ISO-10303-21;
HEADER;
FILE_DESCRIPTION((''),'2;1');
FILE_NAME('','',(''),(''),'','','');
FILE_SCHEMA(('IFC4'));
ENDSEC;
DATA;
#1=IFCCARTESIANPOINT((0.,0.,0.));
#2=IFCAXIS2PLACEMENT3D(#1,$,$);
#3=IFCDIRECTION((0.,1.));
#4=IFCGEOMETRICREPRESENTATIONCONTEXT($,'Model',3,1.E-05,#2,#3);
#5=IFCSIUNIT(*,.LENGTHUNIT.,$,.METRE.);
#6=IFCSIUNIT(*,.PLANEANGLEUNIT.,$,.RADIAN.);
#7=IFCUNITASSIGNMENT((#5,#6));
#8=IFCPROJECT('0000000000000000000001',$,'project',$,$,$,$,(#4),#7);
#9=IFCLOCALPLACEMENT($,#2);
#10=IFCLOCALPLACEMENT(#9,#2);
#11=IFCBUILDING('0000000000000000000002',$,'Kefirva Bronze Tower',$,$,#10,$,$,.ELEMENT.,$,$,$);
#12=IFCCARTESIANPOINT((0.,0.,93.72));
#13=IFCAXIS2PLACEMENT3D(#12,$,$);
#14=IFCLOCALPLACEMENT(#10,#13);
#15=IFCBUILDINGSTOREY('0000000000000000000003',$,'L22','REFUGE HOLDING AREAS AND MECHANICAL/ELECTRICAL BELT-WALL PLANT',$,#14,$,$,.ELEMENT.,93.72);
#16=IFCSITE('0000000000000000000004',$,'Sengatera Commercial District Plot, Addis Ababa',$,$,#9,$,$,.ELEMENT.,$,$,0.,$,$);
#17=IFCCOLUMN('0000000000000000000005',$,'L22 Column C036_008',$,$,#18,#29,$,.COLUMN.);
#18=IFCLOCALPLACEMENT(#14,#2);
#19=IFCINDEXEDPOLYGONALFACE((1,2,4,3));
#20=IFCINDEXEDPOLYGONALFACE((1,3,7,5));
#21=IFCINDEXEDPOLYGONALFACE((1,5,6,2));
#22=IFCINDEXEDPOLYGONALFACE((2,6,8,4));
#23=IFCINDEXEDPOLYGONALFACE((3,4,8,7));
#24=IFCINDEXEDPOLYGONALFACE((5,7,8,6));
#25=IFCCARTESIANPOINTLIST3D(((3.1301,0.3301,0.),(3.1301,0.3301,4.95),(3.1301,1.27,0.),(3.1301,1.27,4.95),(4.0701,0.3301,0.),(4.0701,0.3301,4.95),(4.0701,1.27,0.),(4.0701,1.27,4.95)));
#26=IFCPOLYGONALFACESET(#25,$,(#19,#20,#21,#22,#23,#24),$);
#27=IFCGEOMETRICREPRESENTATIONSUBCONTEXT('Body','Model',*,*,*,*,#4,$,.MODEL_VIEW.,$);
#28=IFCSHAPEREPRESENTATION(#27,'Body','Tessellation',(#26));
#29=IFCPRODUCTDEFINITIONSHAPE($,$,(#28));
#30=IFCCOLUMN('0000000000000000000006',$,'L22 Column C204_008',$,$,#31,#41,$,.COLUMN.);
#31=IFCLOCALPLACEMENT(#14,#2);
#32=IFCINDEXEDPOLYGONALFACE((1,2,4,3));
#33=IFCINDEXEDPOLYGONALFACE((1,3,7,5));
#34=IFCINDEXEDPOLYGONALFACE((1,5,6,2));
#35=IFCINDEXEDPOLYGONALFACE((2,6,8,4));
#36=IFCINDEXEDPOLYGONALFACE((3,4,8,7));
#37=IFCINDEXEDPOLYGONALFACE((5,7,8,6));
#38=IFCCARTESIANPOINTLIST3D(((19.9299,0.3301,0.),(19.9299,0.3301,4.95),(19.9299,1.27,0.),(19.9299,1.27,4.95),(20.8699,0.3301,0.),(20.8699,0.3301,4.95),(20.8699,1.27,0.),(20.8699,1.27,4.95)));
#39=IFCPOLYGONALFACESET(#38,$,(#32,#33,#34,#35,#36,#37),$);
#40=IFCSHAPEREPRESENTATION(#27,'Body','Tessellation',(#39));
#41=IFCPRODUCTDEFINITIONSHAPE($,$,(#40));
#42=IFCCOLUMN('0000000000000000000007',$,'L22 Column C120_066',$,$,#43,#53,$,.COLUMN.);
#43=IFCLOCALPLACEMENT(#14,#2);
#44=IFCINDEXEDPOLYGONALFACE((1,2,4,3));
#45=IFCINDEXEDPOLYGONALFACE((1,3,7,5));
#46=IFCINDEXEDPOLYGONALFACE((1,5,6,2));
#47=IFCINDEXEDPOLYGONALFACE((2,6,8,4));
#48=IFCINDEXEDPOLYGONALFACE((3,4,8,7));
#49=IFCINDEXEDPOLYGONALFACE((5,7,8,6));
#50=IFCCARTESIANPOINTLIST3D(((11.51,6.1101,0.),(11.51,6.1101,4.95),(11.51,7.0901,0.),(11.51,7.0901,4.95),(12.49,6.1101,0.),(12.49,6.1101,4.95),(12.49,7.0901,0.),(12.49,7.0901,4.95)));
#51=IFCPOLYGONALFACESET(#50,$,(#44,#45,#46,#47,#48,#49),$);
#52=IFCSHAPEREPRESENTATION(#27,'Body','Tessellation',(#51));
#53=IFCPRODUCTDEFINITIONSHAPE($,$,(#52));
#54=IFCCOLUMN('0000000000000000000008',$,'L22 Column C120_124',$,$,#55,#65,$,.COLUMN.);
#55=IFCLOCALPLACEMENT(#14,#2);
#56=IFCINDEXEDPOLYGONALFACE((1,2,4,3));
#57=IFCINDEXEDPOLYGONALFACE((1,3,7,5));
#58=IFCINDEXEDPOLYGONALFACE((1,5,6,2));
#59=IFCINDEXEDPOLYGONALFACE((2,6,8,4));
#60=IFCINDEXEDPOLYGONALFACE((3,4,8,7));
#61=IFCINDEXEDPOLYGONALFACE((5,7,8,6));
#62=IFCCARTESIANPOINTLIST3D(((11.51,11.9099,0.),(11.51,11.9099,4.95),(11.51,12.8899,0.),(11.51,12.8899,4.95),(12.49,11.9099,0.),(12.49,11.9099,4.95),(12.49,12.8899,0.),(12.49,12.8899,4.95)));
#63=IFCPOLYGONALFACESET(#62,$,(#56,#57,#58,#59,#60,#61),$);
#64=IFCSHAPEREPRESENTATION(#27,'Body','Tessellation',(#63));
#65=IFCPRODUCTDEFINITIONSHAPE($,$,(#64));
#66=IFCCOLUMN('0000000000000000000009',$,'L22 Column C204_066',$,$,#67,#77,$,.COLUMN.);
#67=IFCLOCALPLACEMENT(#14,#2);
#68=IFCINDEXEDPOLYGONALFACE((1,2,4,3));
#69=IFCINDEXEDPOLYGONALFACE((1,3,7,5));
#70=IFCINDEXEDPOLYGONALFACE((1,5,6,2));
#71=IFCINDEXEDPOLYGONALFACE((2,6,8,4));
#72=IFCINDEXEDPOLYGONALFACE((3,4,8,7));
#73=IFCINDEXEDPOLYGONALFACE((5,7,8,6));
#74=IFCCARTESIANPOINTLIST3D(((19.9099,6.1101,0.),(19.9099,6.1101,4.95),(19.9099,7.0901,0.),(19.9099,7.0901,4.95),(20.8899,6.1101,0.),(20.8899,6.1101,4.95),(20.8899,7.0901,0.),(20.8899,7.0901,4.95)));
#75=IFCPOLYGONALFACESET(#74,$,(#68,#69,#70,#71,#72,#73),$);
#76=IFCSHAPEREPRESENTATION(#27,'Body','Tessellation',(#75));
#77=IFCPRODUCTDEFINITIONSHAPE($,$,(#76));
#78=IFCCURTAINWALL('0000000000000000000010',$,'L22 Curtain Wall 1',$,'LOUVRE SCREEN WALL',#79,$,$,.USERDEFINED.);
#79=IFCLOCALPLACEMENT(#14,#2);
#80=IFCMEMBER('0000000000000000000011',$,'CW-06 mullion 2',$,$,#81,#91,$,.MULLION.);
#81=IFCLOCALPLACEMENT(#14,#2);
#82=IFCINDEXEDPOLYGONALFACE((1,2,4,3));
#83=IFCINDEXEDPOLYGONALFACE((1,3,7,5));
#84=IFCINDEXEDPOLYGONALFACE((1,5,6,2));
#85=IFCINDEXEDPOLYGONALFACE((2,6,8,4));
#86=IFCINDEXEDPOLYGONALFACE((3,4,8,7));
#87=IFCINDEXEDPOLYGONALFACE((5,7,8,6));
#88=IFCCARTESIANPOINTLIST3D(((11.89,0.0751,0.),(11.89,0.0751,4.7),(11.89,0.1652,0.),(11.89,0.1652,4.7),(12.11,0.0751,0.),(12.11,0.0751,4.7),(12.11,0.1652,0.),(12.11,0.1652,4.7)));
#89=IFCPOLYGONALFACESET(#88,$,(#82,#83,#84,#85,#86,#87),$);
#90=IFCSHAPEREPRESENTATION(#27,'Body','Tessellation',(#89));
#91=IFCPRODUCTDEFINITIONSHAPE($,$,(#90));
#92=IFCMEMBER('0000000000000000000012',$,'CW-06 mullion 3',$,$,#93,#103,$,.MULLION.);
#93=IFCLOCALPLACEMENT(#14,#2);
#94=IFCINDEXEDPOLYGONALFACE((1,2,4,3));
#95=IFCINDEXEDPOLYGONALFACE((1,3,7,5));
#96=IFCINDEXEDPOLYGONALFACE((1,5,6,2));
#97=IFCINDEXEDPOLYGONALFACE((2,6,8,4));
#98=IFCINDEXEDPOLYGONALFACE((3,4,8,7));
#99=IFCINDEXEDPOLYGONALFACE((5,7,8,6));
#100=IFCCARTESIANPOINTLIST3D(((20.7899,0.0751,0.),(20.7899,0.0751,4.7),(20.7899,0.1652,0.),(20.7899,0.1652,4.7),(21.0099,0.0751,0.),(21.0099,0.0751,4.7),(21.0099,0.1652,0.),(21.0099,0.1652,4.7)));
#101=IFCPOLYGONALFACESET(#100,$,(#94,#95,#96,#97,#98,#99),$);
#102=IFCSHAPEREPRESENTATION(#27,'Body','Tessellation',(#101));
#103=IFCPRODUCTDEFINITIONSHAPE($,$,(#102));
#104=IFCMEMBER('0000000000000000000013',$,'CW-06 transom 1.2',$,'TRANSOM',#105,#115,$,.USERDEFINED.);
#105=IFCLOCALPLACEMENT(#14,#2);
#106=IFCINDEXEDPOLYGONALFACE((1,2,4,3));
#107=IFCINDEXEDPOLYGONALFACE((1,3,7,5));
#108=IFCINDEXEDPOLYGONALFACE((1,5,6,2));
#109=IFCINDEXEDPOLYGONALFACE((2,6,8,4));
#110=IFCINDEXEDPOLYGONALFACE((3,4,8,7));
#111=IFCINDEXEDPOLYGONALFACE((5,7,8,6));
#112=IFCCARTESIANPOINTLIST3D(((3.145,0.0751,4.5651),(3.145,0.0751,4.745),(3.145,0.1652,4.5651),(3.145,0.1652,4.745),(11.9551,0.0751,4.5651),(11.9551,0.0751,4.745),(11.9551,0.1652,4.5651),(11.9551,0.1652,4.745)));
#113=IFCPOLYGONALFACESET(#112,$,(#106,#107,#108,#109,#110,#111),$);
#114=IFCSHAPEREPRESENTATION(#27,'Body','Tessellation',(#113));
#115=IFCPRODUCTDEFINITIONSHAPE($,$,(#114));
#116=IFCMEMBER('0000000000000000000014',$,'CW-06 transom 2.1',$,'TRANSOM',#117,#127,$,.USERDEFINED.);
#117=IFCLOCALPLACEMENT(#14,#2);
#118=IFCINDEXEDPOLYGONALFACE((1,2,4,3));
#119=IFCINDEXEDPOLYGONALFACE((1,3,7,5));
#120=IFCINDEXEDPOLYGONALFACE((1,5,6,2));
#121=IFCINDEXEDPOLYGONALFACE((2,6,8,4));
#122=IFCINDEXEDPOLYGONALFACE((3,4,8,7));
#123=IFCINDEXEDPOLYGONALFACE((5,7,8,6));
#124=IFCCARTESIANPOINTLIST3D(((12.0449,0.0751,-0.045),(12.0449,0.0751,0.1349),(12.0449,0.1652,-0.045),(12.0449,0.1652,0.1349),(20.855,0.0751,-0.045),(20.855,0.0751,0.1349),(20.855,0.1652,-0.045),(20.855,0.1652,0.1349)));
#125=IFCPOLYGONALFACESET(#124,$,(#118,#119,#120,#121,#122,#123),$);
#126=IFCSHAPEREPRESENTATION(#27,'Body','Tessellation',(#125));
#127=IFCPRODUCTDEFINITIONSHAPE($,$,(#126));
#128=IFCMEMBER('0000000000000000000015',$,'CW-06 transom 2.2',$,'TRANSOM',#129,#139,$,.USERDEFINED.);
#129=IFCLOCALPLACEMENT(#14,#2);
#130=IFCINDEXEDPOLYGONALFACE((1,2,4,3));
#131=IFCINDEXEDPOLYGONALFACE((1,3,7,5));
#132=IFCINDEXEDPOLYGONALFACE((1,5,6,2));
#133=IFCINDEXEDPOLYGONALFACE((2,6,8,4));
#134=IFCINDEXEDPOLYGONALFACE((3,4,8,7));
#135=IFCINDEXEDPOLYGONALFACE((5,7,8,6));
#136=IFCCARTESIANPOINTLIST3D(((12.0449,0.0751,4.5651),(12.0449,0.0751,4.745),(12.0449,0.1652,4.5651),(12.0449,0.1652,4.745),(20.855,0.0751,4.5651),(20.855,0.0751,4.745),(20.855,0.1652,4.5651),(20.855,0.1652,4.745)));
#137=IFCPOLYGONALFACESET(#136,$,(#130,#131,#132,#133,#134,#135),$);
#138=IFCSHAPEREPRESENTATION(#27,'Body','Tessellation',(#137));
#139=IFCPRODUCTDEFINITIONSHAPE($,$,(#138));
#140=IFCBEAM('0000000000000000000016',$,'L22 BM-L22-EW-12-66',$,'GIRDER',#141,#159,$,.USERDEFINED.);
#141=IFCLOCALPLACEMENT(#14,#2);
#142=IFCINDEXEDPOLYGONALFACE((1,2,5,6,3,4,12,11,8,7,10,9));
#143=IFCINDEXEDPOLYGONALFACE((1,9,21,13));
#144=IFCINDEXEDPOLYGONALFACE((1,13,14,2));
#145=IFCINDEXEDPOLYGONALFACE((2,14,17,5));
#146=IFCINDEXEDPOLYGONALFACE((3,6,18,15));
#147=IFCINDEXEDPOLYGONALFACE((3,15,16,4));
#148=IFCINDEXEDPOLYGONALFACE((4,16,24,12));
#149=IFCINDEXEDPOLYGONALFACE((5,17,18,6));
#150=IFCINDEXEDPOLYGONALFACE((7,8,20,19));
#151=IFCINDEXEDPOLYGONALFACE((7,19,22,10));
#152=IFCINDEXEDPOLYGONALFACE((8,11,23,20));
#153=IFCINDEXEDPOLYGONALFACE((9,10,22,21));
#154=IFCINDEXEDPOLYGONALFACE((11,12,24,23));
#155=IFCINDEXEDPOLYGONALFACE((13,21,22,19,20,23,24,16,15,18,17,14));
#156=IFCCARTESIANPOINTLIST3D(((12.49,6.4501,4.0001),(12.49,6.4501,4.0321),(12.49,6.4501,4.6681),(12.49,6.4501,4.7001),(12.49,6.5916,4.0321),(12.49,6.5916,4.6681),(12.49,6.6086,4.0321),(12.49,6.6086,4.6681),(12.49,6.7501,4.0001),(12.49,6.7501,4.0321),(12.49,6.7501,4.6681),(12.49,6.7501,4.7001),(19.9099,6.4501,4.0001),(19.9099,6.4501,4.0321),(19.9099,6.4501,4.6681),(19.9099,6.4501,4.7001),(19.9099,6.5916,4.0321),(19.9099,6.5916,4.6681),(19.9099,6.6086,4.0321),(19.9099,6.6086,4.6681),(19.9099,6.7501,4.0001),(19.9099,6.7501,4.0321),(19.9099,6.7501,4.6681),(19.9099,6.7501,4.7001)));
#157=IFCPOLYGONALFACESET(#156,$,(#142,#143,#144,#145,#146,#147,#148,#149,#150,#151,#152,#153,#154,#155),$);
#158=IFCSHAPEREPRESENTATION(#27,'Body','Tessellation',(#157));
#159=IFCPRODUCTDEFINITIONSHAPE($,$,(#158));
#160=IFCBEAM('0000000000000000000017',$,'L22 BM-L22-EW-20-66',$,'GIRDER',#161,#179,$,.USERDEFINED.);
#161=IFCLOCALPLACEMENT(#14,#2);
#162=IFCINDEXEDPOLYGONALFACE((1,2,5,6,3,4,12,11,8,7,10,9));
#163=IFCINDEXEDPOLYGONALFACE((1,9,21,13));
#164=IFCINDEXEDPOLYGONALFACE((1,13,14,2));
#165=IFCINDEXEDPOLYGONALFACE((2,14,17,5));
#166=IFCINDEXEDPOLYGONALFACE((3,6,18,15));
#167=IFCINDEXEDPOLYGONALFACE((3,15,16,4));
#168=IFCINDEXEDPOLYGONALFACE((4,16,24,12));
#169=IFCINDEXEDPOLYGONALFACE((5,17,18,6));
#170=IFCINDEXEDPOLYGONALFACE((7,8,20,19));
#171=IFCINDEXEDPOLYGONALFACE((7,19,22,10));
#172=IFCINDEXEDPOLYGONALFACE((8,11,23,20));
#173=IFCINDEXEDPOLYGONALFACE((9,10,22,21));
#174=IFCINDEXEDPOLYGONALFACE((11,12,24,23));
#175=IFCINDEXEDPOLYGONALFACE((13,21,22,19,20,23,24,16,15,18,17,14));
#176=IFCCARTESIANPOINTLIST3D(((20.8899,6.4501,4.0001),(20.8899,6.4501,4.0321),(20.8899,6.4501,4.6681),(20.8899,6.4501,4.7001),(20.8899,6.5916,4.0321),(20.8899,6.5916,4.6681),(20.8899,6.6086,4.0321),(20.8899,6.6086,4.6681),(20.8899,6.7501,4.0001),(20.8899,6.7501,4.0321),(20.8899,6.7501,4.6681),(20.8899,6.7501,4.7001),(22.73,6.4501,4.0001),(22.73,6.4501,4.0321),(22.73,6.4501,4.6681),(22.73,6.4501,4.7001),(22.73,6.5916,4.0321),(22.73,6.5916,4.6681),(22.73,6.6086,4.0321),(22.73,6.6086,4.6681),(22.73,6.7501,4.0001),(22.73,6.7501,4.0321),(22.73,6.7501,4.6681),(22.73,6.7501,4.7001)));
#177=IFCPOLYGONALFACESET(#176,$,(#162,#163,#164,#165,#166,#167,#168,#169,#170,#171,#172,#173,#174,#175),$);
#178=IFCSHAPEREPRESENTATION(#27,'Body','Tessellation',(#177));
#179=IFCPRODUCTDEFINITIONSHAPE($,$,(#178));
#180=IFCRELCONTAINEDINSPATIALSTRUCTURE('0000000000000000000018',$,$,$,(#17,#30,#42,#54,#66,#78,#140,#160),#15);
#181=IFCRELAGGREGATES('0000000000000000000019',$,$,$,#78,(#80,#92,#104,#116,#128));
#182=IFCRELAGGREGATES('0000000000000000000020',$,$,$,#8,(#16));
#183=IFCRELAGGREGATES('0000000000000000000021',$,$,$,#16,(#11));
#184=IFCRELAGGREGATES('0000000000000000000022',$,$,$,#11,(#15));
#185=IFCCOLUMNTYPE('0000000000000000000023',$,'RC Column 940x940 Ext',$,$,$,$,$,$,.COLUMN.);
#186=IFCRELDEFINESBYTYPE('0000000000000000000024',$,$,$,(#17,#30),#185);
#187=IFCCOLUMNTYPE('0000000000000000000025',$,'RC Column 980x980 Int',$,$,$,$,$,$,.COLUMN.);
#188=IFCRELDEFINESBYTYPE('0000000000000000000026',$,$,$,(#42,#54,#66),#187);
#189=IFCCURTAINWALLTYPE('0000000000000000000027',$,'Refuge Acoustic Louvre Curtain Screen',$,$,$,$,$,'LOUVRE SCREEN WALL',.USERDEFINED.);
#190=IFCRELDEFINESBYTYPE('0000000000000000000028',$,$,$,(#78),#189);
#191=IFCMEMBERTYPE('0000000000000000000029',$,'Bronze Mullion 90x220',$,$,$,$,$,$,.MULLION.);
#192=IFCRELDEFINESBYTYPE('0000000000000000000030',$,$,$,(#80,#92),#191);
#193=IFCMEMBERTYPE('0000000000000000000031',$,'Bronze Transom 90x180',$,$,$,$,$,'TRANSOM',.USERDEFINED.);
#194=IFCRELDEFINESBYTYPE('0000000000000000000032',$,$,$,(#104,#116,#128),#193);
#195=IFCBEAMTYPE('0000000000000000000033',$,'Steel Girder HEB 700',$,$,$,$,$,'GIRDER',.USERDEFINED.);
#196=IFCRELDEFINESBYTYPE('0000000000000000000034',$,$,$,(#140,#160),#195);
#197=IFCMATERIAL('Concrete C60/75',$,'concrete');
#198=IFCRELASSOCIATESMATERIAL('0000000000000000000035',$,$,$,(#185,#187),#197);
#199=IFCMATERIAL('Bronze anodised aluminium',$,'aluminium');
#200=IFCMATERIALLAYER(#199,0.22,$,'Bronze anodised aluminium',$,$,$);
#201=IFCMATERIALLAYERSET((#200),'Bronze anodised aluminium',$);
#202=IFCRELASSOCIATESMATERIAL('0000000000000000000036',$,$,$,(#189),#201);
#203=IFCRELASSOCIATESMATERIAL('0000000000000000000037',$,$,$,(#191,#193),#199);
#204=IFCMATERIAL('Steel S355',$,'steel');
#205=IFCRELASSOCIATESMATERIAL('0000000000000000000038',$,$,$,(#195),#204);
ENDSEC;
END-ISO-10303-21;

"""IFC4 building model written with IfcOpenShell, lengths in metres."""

from ifc_helpers import new_model, si_unit, direction, frame, origin, origin_2d, place, context, subcontext, project, spatial, rectangle, i_section, extrude, material, layer, layer_set, material_profile, profile_set, type_object, element, aggregate, save


model = new_model("IFC4")

# Units and contexts
model_context = context("Model", 3, precision=1e-05, world=origin(), true_north=direction((0.0, 1.0)))
body_context = subcontext(model_context, "Body", "Model", "MODEL_VIEW")
ifc_project = project(units=[si_unit("LENGTHUNIT", "METRE"), si_unit("PLANEANGLEUNIT", "RADIAN")], contexts=[model_context])

# Site, building, storey
site_placement = place(None, origin())
site = spatial("IfcSite", under=ifc_project, at=site_placement, Name="Sengatera Commercial District Plot, Addis Ababa", CompositionType="ELEMENT", RefElevation=0.0)
building_placement = place(site_placement, origin())
building = spatial("IfcBuilding", under=site, at=building_placement, Name="Kefirva Bronze Tower", CompositionType="ELEMENT")
storey_placement = place(building_placement, frame((0.0, 0.0, 93.72)))
storey = spatial("IfcBuildingStorey", under=building, at=storey_placement, Name="L22", Description="REFUGE HOLDING AREAS AND MECHANICAL/ELECTRICAL BELT-WALL PLANT", CompositionType="ELEMENT", Elevation=93.72)

# Columns
ifc_material_1 = material(Name="Concrete C60/75", Category="concrete")
ifc_material_profile_1 = material_profile(ifc_material_1, rectangle(XDim=0.9399, YDim=0.9399, at=origin_2d()), Name="RC 940x940")
ifc_profile_set_1 = profile_set([ifc_material_profile_1], Name="Concrete C60/75")
column_type_1 = type_object("IfcColumnType", Name="RC Column 940x940 Ext", PredefinedType="COLUMN", material=ifc_profile_set_1)
for number, where, z_axis, x_axis, name in (
    (1, (3.6001, 0.8, 0.0), (0.0, 0.0, 1.0), (1.0, 0.0, 0.0), "L22 Column C036_008"),
    (2, (20.3999, 0.8, 0.0), (0.0, 0.0, 1.0), (1.0, 0.0, 0.0), "L22 Column C204_008"),
):
    element("IfcColumn", number, at=place(storey_placement, frame(where, z_axis=z_axis, x_axis=x_axis)), inside=storey, type_object=column_type_1, Name=name, PredefinedType="COLUMN", context=body_context, shape_type="SweptSolid", body=[
        extrude(rectangle(XDim=0.9399, YDim=0.9399, at=origin_2d()), origin(), (0.0, 0.0, 1.0), 4.95),
    ])
ifc_material_profile_2 = material_profile(ifc_material_1, rectangle(XDim=0.98, YDim=0.98, at=origin_2d()), Name="RC 980x980")
ifc_profile_set_2 = profile_set([ifc_material_profile_2], Name="Concrete C60/75")
column_type_2 = type_object("IfcColumnType", Name="RC Column 980x980 Int", PredefinedType="COLUMN", material=ifc_profile_set_2)
for number, where, z_axis, x_axis, name in (
    (3, (12.0, 6.6001, 0.0), (0.0, 0.0, 1.0), (1.0, 0.0, 0.0), "L22 Column C120_066"),
    (4, (12.0, 12.3999, 0.0), (0.0, 0.0, 1.0), (1.0, 0.0, 0.0), "L22 Column C120_124"),
    (5, (20.3999, 6.6001, 0.0), (0.0, 0.0, 1.0), (1.0, 0.0, 0.0), "L22 Column C204_066"),
):
    element("IfcColumn", number, at=place(storey_placement, frame(where, z_axis=z_axis, x_axis=x_axis)), inside=storey, type_object=column_type_2, Name=name, PredefinedType="COLUMN", context=body_context, shape_type="SweptSolid", body=[
        extrude(rectangle(XDim=0.98, YDim=0.98, at=origin_2d()), origin(), (0.0, 0.0, 1.0), 4.95),
    ])

# Curtain wall, members
ifc_material_2 = material(Name="Bronze anodised aluminium", Category="aluminium")
ifc_layer_1 = layer(ifc_material_2, 0.22, Name="Bronze anodised aluminium")
ifc_layer_set_1 = layer_set([ifc_layer_1], Name="Bronze anodised aluminium")
curtain_wall_type = type_object("IfcCurtainWallType", Name="Refuge Acoustic Louvre Curtain Screen", ElementType="LOUVRE SCREEN WALL", PredefinedType="USERDEFINED", material=ifc_layer_set_1)
curtain_wall_placement = place(storey_placement, origin())
curtain_wall = element("IfcCurtainWall", 6, at=curtain_wall_placement, inside=storey, type_object=curtain_wall_type, Name="L22 Curtain Wall 1", ObjectType="LOUVRE SCREEN WALL", PredefinedType="USERDEFINED")
ifc_material_profile_3 = material_profile(ifc_material_2, rectangle(XDim=0.0901, YDim=0.22, at=origin_2d()), Name="ALU 90x220")
ifc_profile_set_3 = profile_set([ifc_material_profile_3], Name="Bronze anodised aluminium")
member_type_1 = type_object("IfcMemberType", Name="Bronze Mullion 90x220", PredefinedType="MULLION", material=ifc_profile_set_3)
member_1_placement = place(storey_placement, frame((12.0, 0.1201, 0.0), z_axis=(0.0, 0.0, 1.0), x_axis=(0.0, 1.0, 0.0)))
member_1 = element("IfcMember", 7, at=member_1_placement, type_object=member_type_1, Name="CW-06 mullion 2", PredefinedType="MULLION", context=body_context, shape_type="SweptSolid", body=[
    extrude(rectangle(XDim=0.0901, YDim=0.22, at=origin_2d()), origin(), (0.0, 0.0, 1.0), 4.7),
])
member_2_placement = place(storey_placement, frame((20.8999, 0.1201, 0.0), z_axis=(0.0, 0.0, 1.0), x_axis=(0.0, 1.0, 0.0)))
member_2 = element("IfcMember", 8, at=member_2_placement, type_object=member_type_1, Name="CW-06 mullion 3", PredefinedType="MULLION", context=body_context, shape_type="SweptSolid", body=[
    extrude(rectangle(XDim=0.0901, YDim=0.22, at=origin_2d()), origin(), (0.0, 0.0, 1.0), 4.7),
])
ifc_material_profile_4 = material_profile(ifc_material_2, rectangle(XDim=0.0901, YDim=0.1799, at=origin_2d()), Name="ALU 90x180")
ifc_profile_set_4 = profile_set([ifc_material_profile_4], Name="Bronze anodised aluminium")
member_type_2 = type_object("IfcMemberType", Name="Bronze Transom 90x180", ElementType="TRANSOM", PredefinedType="USERDEFINED", material=ifc_profile_set_4)
member_3_placement = place(storey_placement, frame((3.145, 0.1201, 4.655), z_axis=(1.0, 0.0, 0.0), x_axis=(0.0, 1.0, 0.0)))
member_3 = element("IfcMember", 9, at=member_3_placement, type_object=member_type_2, Name="CW-06 transom 1.2", ObjectType="TRANSOM", PredefinedType="USERDEFINED", context=body_context, shape_type="SweptSolid", body=[
    extrude(rectangle(XDim=0.0901, YDim=0.1799, at=origin_2d()), origin(), (0.0, 0.0, 1.0), 8.8101),
])
member_4_placement = place(storey_placement, frame((12.0449, 0.1201, 0.0449), z_axis=(1.0, 0.0, 0.0), x_axis=(0.0, 1.0, 0.0)))
member_4 = element("IfcMember", 10, at=member_4_placement, type_object=member_type_2, Name="CW-06 transom 2.1", ObjectType="TRANSOM", PredefinedType="USERDEFINED", context=body_context, shape_type="SweptSolid", body=[
    extrude(rectangle(XDim=0.0901, YDim=0.1799, at=origin_2d()), origin(), (0.0, 0.0, 1.0), 8.8101),
])
member_5_placement = place(storey_placement, frame((12.0449, 0.1201, 4.655), z_axis=(1.0, 0.0, 0.0), x_axis=(0.0, 1.0, 0.0)))
member_5 = element("IfcMember", 11, at=member_5_placement, type_object=member_type_2, Name="CW-06 transom 2.2", ObjectType="TRANSOM", PredefinedType="USERDEFINED", context=body_context, shape_type="SweptSolid", body=[
    extrude(rectangle(XDim=0.0901, YDim=0.1799, at=origin_2d()), origin(), (0.0, 0.0, 1.0), 8.8101),
])

# Beams
ifc_material_3 = material(Name="Steel S355", Category="steel")
ifc_material_profile_5 = material_profile(ifc_material_3, i_section(OverallWidth=0.3, OverallDepth=0.7, WebThickness=0.0171, FlangeThickness=0.032, at=origin_2d()), Name="HEB 700")
ifc_profile_set_5 = profile_set([ifc_material_profile_5], Name="Steel S355")
beam_type_1 = type_object("IfcBeamType", Name="Steel Girder HEB 700", ElementType="GIRDER", PredefinedType="USERDEFINED", material=ifc_profile_set_5)
beam_1_placement = place(storey_placement, frame((12.49, 6.6001, 4.3501), z_axis=(1.0, 0.0, 0.0), x_axis=(0.0, 1.0, 0.0)))
element("IfcBeam", 12, at=beam_1_placement, inside=storey, type_object=beam_type_1, Name="L22 BM-L22-EW-12-66", ObjectType="GIRDER", PredefinedType="USERDEFINED", context=body_context, shape_type="SweptSolid", body=[
    extrude(i_section(OverallWidth=0.3, OverallDepth=0.7, WebThickness=0.0171, FlangeThickness=0.032, at=origin_2d()), origin(), (0.0, 0.0, 1.0), 7.4199),
])
beam_2_placement = place(storey_placement, frame((20.8899, 6.6001, 4.3501), z_axis=(1.0, 0.0, 0.0), x_axis=(0.0, 1.0, 0.0)))
element("IfcBeam", 13, at=beam_2_placement, inside=storey, type_object=beam_type_1, Name="L22 BM-L22-EW-20-66", ObjectType="GIRDER", PredefinedType="USERDEFINED", context=body_context, shape_type="SweptSolid", body=[
    extrude(i_section(OverallWidth=0.3, OverallDepth=0.7, WebThickness=0.0171, FlangeThickness=0.032, at=origin_2d()), origin(), (0.0, 0.0, 1.0), 1.8401),
])

aggregate(curtain_wall, [member_1, member_2, member_3, member_4, member_5])

save(model, "model.ifc")
